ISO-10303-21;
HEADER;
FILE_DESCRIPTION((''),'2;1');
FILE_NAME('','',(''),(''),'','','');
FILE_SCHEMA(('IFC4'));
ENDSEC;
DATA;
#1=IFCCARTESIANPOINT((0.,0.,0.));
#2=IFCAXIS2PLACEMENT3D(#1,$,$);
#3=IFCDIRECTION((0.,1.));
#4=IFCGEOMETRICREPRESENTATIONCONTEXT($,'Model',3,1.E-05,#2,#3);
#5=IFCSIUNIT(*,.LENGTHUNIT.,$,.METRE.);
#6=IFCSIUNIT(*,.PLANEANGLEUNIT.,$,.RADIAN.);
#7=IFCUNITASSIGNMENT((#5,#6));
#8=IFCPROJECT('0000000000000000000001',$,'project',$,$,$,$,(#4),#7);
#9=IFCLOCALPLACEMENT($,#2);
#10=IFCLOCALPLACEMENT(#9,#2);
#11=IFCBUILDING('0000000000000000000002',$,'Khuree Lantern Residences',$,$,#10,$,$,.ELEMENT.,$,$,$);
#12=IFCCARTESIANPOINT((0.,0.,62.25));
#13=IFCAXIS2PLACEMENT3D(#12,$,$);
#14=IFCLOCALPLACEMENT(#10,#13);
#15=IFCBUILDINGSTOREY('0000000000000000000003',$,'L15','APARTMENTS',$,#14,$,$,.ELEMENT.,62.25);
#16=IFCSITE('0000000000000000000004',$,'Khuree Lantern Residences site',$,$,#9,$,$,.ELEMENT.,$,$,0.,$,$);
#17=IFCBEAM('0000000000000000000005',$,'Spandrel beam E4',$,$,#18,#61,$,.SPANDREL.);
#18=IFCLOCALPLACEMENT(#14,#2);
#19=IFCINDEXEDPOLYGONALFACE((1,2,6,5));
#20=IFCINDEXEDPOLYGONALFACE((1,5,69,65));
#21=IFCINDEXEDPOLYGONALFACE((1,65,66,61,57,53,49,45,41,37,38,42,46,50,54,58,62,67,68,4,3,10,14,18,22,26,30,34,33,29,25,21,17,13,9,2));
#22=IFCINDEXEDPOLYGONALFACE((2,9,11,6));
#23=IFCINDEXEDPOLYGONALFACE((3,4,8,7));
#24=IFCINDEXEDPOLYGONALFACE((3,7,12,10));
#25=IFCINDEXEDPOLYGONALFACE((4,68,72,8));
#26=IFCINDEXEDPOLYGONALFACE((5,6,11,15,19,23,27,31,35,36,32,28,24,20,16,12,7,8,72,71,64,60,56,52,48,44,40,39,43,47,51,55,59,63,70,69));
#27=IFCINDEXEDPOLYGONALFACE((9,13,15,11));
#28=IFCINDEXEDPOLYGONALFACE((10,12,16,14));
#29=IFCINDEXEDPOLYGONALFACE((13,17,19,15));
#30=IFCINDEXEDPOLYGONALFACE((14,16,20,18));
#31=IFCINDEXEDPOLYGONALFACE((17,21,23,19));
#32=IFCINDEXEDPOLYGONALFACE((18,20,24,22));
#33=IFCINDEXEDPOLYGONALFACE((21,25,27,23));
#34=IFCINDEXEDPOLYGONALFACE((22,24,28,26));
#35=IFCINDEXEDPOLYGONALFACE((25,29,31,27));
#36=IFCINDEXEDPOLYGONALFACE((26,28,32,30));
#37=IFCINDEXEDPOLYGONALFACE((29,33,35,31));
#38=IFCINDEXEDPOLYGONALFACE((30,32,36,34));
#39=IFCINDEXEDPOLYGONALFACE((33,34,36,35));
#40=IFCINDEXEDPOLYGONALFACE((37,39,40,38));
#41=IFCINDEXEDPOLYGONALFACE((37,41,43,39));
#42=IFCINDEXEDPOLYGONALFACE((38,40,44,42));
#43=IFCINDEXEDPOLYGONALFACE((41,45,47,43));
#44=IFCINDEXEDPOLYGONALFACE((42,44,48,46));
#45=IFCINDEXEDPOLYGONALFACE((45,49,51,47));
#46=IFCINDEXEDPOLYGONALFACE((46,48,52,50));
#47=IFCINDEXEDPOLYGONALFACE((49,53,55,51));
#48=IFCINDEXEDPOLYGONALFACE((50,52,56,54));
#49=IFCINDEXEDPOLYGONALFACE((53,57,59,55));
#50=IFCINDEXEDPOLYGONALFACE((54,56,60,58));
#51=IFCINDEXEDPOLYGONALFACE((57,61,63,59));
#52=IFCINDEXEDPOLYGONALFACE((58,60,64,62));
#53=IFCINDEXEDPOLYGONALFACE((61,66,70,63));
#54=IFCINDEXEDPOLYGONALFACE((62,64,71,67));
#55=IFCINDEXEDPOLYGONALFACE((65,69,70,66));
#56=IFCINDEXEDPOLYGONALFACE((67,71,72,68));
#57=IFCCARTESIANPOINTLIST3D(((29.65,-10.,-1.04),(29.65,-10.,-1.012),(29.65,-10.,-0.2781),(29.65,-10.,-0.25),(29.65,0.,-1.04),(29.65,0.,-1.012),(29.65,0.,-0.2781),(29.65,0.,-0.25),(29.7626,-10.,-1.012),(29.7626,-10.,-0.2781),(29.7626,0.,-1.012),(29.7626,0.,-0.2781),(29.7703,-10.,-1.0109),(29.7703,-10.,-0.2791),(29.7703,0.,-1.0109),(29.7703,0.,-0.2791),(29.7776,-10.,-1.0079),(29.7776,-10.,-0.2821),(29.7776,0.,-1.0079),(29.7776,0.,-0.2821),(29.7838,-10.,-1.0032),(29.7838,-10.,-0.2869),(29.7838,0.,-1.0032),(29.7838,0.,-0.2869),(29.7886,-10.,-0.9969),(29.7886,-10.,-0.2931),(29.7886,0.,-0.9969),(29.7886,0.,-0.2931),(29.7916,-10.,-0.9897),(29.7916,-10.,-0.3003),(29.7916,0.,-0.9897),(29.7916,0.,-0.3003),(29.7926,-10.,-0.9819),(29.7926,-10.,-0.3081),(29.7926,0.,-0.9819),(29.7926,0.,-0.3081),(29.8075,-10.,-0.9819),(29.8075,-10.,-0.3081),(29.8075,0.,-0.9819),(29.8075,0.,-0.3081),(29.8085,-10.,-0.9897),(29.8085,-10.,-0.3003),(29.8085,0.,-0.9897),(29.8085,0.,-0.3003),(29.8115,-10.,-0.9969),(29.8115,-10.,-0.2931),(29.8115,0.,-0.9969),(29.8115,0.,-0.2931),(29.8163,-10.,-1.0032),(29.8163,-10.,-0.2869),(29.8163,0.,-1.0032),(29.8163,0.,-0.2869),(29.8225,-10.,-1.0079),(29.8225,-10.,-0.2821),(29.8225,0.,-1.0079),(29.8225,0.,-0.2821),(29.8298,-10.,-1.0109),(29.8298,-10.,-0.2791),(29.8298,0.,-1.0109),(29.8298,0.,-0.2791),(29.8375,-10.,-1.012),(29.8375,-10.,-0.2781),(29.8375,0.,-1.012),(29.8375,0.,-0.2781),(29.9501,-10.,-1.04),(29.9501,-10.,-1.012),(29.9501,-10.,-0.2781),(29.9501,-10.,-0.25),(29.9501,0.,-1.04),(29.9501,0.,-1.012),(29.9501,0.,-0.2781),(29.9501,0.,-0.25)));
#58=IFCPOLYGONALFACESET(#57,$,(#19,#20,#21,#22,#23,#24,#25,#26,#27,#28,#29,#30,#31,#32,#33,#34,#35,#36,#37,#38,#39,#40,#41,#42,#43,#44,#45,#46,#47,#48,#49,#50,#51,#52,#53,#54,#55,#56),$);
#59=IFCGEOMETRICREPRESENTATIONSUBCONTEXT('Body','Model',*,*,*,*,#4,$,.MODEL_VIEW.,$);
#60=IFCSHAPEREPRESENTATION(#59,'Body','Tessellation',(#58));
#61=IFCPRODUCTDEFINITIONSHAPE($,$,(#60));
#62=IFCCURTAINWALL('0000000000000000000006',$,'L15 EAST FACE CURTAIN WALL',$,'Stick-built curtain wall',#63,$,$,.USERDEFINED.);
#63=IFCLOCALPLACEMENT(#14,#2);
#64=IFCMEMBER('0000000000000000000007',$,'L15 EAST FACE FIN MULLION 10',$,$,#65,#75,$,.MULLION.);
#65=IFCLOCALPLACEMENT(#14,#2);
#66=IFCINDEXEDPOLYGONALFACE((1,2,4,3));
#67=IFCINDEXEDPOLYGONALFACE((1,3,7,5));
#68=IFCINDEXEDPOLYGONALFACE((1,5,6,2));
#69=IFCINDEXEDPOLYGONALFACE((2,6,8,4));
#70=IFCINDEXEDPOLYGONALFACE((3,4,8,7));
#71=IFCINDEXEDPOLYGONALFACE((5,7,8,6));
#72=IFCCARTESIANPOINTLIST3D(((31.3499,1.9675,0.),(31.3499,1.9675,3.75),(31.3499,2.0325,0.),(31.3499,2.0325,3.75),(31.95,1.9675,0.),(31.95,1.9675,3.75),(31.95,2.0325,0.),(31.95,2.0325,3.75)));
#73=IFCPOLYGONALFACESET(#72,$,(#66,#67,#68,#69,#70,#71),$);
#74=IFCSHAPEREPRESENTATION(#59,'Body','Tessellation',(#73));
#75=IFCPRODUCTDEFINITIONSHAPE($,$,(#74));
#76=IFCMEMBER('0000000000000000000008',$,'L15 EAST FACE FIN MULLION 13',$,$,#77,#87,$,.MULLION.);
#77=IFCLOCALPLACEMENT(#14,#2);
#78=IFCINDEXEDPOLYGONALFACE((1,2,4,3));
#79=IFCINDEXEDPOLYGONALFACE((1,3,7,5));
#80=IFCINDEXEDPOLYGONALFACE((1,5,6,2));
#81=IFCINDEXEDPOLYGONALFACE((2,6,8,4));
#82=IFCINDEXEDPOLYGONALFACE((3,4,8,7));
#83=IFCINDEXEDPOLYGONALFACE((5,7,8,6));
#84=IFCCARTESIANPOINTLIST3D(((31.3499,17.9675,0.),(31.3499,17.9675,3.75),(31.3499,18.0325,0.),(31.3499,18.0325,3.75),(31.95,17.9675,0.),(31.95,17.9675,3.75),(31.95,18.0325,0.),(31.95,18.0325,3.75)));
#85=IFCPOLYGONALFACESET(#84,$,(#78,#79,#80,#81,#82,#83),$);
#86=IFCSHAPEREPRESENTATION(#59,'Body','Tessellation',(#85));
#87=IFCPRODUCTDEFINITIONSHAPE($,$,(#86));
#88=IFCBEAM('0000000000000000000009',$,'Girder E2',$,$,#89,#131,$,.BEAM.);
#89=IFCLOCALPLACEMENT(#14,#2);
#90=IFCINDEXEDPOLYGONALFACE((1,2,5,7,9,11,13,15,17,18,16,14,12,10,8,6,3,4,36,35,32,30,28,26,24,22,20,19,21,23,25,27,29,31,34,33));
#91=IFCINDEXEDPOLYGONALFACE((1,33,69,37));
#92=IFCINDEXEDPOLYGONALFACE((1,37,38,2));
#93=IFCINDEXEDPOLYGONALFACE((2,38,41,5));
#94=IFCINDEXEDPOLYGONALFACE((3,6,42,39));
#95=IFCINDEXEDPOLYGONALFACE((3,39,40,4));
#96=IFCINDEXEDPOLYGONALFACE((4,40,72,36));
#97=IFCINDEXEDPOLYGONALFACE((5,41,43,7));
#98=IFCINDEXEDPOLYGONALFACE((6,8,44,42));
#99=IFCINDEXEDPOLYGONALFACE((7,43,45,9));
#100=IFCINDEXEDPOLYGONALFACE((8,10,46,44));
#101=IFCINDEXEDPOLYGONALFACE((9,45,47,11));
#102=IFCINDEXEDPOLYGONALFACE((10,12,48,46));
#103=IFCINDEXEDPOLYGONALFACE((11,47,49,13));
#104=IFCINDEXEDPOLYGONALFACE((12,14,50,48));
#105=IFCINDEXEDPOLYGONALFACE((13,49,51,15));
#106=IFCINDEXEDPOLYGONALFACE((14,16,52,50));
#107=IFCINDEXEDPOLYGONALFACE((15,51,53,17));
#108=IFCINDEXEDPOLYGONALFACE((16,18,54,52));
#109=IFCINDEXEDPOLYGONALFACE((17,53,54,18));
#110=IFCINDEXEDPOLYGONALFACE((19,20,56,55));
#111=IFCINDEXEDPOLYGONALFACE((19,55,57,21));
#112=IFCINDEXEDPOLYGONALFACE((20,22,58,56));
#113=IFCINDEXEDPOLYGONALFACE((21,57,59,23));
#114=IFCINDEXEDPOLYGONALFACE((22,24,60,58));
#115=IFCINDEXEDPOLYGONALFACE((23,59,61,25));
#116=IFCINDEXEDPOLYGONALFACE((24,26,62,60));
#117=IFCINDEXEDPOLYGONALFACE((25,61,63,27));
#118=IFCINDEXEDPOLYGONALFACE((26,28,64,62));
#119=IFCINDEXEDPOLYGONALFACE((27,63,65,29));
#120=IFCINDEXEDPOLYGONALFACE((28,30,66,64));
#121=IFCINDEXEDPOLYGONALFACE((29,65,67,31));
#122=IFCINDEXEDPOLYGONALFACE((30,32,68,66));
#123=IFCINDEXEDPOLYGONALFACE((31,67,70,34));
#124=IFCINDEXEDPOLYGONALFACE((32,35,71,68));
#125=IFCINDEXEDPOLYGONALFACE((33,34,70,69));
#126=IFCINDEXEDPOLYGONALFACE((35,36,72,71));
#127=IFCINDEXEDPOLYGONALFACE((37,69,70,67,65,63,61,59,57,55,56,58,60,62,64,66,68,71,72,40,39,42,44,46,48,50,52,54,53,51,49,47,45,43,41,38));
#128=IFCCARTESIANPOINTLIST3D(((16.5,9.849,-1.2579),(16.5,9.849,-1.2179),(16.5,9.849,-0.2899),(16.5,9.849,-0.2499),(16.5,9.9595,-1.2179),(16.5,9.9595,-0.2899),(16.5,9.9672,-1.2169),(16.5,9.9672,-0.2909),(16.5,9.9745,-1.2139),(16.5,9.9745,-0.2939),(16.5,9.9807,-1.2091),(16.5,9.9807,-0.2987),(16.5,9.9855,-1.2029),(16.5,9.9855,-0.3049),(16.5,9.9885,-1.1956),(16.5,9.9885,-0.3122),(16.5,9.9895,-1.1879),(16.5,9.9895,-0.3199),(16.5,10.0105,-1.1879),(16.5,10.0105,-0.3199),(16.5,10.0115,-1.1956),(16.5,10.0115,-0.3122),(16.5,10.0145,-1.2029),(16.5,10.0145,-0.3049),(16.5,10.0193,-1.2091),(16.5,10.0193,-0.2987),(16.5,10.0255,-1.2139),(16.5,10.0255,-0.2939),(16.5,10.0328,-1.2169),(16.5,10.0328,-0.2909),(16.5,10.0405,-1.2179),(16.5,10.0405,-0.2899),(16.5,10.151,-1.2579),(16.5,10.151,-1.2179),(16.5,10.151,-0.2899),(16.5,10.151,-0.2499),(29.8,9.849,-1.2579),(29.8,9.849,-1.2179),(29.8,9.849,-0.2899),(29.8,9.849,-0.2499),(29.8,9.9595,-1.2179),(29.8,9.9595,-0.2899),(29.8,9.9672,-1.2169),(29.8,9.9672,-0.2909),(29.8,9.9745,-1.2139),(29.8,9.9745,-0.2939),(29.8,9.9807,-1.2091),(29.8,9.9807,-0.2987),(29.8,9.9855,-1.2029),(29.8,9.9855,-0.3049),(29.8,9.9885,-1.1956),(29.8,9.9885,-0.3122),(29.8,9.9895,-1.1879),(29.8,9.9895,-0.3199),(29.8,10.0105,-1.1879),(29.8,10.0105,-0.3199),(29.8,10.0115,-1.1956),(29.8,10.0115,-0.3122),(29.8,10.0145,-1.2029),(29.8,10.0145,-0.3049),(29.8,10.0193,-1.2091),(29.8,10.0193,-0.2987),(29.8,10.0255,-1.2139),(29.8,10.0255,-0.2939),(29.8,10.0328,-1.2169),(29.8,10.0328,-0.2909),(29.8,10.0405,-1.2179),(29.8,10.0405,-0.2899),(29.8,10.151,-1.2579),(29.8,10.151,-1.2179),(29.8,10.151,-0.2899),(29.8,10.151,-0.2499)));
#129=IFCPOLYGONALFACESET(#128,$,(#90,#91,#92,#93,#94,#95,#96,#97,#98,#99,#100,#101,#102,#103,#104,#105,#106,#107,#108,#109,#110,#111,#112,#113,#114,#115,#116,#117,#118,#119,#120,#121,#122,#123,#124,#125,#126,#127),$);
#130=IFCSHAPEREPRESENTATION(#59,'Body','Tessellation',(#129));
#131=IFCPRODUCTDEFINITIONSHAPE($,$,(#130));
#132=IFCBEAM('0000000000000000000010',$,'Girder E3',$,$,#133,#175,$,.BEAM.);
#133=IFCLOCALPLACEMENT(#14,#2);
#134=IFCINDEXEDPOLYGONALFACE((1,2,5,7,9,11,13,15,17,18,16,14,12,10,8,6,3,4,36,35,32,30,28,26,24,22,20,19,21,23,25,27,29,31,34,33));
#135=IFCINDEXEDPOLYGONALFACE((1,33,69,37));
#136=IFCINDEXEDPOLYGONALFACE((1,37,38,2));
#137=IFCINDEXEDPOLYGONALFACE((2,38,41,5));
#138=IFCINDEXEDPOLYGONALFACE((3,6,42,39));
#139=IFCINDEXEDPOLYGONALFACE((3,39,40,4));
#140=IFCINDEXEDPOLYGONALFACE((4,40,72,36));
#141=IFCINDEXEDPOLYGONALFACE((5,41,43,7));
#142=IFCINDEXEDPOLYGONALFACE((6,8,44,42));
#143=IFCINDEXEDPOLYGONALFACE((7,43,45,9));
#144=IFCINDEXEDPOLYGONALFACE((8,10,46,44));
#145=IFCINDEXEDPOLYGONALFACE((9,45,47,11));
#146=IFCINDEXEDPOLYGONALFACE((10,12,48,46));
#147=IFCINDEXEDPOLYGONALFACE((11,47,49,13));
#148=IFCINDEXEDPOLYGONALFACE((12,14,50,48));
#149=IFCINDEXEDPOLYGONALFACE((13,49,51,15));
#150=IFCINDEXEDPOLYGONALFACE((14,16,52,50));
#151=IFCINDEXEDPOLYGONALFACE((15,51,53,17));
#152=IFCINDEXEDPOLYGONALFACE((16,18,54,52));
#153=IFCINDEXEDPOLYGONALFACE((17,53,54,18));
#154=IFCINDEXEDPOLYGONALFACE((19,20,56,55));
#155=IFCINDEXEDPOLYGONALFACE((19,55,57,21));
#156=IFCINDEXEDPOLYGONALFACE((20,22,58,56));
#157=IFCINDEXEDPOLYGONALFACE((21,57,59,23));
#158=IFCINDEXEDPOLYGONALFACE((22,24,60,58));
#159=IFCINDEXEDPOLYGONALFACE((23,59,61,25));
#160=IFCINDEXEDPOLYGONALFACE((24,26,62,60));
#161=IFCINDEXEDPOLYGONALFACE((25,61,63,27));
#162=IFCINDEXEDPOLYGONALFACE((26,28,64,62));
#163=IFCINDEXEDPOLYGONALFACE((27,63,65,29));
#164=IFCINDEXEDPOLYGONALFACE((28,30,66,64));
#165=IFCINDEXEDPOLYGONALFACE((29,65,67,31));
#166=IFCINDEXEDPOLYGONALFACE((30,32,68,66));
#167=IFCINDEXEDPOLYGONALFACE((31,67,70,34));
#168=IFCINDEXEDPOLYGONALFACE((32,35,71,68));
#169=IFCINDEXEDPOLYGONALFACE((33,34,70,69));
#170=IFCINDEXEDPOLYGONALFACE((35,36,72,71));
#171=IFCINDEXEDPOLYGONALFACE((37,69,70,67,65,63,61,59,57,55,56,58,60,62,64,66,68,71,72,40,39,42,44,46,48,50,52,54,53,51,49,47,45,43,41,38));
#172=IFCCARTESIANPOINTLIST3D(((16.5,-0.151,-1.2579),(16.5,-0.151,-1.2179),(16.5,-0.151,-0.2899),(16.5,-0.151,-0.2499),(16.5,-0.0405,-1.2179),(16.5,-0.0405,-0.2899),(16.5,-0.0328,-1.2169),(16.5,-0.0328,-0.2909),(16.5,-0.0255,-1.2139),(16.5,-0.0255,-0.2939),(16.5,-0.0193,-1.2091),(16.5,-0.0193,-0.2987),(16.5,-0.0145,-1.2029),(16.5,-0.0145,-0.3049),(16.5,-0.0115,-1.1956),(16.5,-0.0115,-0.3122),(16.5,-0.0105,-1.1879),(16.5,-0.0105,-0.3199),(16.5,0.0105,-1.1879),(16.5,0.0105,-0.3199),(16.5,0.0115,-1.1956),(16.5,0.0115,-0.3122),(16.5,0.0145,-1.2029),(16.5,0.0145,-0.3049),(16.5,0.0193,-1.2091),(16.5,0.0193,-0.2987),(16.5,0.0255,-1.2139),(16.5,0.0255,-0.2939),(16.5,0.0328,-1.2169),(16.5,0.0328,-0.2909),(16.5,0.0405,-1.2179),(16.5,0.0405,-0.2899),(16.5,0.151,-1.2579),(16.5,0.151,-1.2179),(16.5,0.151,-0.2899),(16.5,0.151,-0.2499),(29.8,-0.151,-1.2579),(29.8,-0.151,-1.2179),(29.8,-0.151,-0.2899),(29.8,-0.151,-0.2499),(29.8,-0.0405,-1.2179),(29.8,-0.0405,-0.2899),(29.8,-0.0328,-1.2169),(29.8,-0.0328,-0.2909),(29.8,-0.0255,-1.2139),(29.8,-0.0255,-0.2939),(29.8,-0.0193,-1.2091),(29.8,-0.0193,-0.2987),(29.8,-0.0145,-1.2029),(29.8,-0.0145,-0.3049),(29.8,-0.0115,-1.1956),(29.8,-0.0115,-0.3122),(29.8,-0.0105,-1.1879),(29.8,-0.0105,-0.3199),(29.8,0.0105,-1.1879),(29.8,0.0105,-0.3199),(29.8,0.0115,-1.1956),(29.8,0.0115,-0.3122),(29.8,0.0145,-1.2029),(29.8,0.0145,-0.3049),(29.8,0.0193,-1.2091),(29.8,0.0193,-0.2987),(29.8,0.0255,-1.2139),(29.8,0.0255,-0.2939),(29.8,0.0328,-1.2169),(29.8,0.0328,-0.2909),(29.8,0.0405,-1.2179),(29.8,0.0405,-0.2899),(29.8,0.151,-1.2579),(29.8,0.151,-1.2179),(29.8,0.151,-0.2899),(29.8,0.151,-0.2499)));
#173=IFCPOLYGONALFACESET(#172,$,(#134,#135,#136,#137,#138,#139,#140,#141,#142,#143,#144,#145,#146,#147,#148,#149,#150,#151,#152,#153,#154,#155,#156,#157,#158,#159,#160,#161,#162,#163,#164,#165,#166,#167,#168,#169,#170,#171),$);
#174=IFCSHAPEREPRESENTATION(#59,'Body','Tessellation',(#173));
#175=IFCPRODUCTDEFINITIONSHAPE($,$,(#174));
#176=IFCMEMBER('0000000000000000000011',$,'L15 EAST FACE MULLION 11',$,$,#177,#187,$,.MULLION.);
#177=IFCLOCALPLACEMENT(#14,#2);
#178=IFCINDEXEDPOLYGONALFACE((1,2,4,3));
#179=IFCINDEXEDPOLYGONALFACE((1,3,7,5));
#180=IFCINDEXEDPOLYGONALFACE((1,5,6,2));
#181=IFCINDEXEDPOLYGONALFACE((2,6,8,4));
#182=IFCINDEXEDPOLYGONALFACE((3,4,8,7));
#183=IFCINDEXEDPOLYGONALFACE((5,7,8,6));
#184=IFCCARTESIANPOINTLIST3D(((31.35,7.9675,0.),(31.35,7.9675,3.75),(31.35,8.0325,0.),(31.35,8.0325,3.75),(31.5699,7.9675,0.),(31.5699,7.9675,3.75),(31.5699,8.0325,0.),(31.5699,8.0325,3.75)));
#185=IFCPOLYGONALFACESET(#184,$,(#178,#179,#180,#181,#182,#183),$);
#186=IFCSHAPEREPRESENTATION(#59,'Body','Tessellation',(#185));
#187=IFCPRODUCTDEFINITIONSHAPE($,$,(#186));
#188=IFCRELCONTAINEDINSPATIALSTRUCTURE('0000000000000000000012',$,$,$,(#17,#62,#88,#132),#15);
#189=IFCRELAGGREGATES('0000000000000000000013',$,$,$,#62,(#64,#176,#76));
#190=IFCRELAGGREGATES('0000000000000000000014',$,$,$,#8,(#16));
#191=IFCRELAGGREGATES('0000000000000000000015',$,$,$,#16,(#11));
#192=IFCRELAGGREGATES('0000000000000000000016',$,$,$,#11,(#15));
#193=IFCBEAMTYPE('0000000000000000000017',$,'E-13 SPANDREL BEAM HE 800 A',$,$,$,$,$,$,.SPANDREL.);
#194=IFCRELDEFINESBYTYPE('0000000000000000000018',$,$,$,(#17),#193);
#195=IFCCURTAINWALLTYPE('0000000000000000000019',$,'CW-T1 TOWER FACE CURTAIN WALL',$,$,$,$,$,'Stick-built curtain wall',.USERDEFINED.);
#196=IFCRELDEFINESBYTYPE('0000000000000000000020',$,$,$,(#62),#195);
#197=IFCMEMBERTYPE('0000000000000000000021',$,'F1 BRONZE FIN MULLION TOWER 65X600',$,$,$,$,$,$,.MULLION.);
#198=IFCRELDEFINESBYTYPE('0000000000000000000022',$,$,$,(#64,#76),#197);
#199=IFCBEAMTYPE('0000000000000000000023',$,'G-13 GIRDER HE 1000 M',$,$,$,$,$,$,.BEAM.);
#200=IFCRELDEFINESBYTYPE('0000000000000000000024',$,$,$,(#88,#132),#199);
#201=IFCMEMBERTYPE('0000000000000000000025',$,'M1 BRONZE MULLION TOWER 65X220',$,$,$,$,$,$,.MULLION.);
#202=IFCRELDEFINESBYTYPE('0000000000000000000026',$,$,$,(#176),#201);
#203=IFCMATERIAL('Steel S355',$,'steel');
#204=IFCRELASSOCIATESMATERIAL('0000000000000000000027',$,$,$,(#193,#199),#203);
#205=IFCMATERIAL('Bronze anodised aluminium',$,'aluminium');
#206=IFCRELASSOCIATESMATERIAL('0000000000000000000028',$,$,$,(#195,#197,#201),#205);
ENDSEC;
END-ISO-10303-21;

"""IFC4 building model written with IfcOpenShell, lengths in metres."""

from ifc_helpers import new_model, si_unit, direction, frame, origin, origin_2d, place, context, subcontext, project, spatial, rectangle, i_section, extrude, material, material_profile, profile_set, type_object, element, aggregate, save


model = new_model("IFC4")

# Units and contexts
model_context = context("Model", 3, precision=1e-05, world=origin(), true_north=direction((0.0, 1.0)))
body_context = subcontext(model_context, "Body", "Model", "MODEL_VIEW")
ifc_project = project(units=[si_unit("LENGTHUNIT", "METRE"), si_unit("PLANEANGLEUNIT", "RADIAN")], contexts=[model_context])

# Site, building, storey
site_placement = place(None, origin())
site = spatial("IfcSite", under=ifc_project, at=site_placement, Name="Khuree Lantern Residences site", CompositionType="ELEMENT", RefElevation=0.0)
building_placement = place(site_placement, origin())
building = spatial("IfcBuilding", under=site, at=building_placement, Name="Khuree Lantern Residences", CompositionType="ELEMENT")
storey_placement = place(building_placement, frame((0.0, 0.0, 62.25)))
storey = spatial("IfcBuildingStorey", under=building, at=storey_placement, Name="L15", Description="APARTMENTS", CompositionType="ELEMENT", Elevation=62.25)

# Beam
ifc_material_1 = material(Name="Steel S355", Category="steel")
ifc_material_profile_1 = material_profile(ifc_material_1, i_section(OverallWidth=0.3, OverallDepth=0.79, WebThickness=0.0149, FlangeThickness=0.0281, FilletRadius=0.03, at=origin_2d()), Name="HE 800 A")
ifc_profile_set_1 = profile_set([ifc_material_profile_1], Name="Steel S355")
beam_type_1 = type_object("IfcBeamType", Name="E-13 SPANDREL BEAM HE 800 A", PredefinedType="SPANDREL", material=ifc_profile_set_1)
for number, where, z_axis, x_axis, name in (
    (1, (29.8, 0.0, -0.645), (0.0, -1.0, 0.0), (1.0, 0.0, 0.0), "Spandrel beam E4"),
):
    element("IfcBeam", number, at=place(storey_placement, frame(where, z_axis=z_axis, x_axis=x_axis)), inside=storey, type_object=beam_type_1, Name=name, PredefinedType="SPANDREL", context=body_context, shape_type="SweptSolid", body=[
        extrude(i_section(OverallWidth=0.3, OverallDepth=0.79, WebThickness=0.0149, FlangeThickness=0.0281, FilletRadius=0.03, at=origin_2d()), origin(), (0.0, 0.0, 1.0), 10.0),
    ])

# Curtain wall, members
ifc_material_2 = material(Name="Bronze anodised aluminium", Category="aluminium")
curtain_wall_type = type_object("IfcCurtainWallType", Name="CW-T1 TOWER FACE CURTAIN WALL", ElementType="Stick-built curtain wall", PredefinedType="USERDEFINED", material=ifc_material_2)
curtain_wall_placement = place(storey_placement, origin())
curtain_wall = element("IfcCurtainWall", 2, at=curtain_wall_placement, inside=storey, type_object=curtain_wall_type, Name="L15 EAST FACE CURTAIN WALL", ObjectType="Stick-built curtain wall", PredefinedType="USERDEFINED")
ifc_material_profile_2 = material_profile(ifc_material_2, rectangle(XDim=0.0649, YDim=0.6001, at=origin_2d()), Name="F1 65X600")
ifc_profile_set_2 = profile_set([ifc_material_profile_2], Name="Bronze anodised aluminium")
member_type_1 = type_object("IfcMemberType", Name="F1 BRONZE FIN MULLION TOWER 65X600", PredefinedType="MULLION", material=ifc_profile_set_2)
member_1_placement = place(storey_placement, frame((31.6499, 2.0, 0.0), z_axis=(0.0, 0.0, 1.0), x_axis=(0.0, 1.0, 0.0)))
member_1 = element("IfcMember", 3, at=member_1_placement, type_object=member_type_1, Name="L15 EAST FACE FIN MULLION 10", PredefinedType="MULLION", context=body_context, shape_type="SweptSolid", body=[
    extrude(rectangle(XDim=0.0649, YDim=0.6001, at=origin_2d()), origin(), (0.0, 0.0, 1.0), 3.75),
])
member_2_placement = place(storey_placement, frame((31.6499, 18.0, 0.0), z_axis=(0.0, 0.0, 1.0), x_axis=(0.0, 1.0, 0.0)))
member_2 = element("IfcMember", 4, at=member_2_placement, type_object=member_type_1, Name="L15 EAST FACE FIN MULLION 13", PredefinedType="MULLION", context=body_context, shape_type="SweptSolid", body=[
    extrude(rectangle(XDim=0.0649, YDim=0.6001, at=origin_2d()), origin(), (0.0, 0.0, 1.0), 3.75),
])

# Beams
ifc_material_profile_3 = material_profile(ifc_material_1, i_section(OverallWidth=0.302, OverallDepth=1.0081, WebThickness=0.021, FlangeThickness=0.04, FilletRadius=0.03, at=origin_2d()), Name="HE 1000 M")
ifc_profile_set_3 = profile_set([ifc_material_profile_3], Name="Steel S355")
beam_type_2 = type_object("IfcBeamType", Name="G-13 GIRDER HE 1000 M", PredefinedType="BEAM", material=ifc_profile_set_3)
for number, where, z_axis, x_axis, name in (
    (5, (29.8, 10.0, -0.7539), (-1.0, 0.0, 0.0), (0.0, -1.0, 0.0), "Girder E2"),
    (6, (29.8, 0.0, -0.7539), (-1.0, 0.0, 0.0), (0.0, -1.0, 0.0), "Girder E3"),
):
    element("IfcBeam", number, at=place(storey_placement, frame(where, z_axis=z_axis, x_axis=x_axis)), inside=storey, type_object=beam_type_2, Name=name, PredefinedType="BEAM", context=body_context, shape_type="SweptSolid", body=[
        extrude(i_section(OverallWidth=0.302, OverallDepth=1.0081, WebThickness=0.021, FlangeThickness=0.04, FilletRadius=0.03, at=origin_2d()), origin(), (0.0, 0.0, 1.0), 13.3),
    ])

# Member
ifc_material_profile_4 = material_profile(ifc_material_2, rectangle(XDim=0.0649, YDim=0.22, at=origin_2d()), Name="M1 65X220")
ifc_profile_set_4 = profile_set([ifc_material_profile_4], Name="Bronze anodised aluminium")
member_type_2 = type_object("IfcMemberType", Name="M1 BRONZE MULLION TOWER 65X220", PredefinedType="MULLION", material=ifc_profile_set_4)
member_3_placement = place(storey_placement, frame((31.46, 8.0, 0.0), z_axis=(0.0, 0.0, 1.0), x_axis=(0.0, 1.0, 0.0)))
member_3 = element("IfcMember", 7, at=member_3_placement, type_object=member_type_2, Name="L15 EAST FACE MULLION 11", PredefinedType="MULLION", context=body_context, shape_type="SweptSolid", body=[
    extrude(rectangle(XDim=0.0649, YDim=0.22, at=origin_2d()), origin(), (0.0, 0.0, 1.0), 3.75),
])

aggregate(curtain_wall, [member_1, member_3, member_2])

save(model, "model.ifc")
